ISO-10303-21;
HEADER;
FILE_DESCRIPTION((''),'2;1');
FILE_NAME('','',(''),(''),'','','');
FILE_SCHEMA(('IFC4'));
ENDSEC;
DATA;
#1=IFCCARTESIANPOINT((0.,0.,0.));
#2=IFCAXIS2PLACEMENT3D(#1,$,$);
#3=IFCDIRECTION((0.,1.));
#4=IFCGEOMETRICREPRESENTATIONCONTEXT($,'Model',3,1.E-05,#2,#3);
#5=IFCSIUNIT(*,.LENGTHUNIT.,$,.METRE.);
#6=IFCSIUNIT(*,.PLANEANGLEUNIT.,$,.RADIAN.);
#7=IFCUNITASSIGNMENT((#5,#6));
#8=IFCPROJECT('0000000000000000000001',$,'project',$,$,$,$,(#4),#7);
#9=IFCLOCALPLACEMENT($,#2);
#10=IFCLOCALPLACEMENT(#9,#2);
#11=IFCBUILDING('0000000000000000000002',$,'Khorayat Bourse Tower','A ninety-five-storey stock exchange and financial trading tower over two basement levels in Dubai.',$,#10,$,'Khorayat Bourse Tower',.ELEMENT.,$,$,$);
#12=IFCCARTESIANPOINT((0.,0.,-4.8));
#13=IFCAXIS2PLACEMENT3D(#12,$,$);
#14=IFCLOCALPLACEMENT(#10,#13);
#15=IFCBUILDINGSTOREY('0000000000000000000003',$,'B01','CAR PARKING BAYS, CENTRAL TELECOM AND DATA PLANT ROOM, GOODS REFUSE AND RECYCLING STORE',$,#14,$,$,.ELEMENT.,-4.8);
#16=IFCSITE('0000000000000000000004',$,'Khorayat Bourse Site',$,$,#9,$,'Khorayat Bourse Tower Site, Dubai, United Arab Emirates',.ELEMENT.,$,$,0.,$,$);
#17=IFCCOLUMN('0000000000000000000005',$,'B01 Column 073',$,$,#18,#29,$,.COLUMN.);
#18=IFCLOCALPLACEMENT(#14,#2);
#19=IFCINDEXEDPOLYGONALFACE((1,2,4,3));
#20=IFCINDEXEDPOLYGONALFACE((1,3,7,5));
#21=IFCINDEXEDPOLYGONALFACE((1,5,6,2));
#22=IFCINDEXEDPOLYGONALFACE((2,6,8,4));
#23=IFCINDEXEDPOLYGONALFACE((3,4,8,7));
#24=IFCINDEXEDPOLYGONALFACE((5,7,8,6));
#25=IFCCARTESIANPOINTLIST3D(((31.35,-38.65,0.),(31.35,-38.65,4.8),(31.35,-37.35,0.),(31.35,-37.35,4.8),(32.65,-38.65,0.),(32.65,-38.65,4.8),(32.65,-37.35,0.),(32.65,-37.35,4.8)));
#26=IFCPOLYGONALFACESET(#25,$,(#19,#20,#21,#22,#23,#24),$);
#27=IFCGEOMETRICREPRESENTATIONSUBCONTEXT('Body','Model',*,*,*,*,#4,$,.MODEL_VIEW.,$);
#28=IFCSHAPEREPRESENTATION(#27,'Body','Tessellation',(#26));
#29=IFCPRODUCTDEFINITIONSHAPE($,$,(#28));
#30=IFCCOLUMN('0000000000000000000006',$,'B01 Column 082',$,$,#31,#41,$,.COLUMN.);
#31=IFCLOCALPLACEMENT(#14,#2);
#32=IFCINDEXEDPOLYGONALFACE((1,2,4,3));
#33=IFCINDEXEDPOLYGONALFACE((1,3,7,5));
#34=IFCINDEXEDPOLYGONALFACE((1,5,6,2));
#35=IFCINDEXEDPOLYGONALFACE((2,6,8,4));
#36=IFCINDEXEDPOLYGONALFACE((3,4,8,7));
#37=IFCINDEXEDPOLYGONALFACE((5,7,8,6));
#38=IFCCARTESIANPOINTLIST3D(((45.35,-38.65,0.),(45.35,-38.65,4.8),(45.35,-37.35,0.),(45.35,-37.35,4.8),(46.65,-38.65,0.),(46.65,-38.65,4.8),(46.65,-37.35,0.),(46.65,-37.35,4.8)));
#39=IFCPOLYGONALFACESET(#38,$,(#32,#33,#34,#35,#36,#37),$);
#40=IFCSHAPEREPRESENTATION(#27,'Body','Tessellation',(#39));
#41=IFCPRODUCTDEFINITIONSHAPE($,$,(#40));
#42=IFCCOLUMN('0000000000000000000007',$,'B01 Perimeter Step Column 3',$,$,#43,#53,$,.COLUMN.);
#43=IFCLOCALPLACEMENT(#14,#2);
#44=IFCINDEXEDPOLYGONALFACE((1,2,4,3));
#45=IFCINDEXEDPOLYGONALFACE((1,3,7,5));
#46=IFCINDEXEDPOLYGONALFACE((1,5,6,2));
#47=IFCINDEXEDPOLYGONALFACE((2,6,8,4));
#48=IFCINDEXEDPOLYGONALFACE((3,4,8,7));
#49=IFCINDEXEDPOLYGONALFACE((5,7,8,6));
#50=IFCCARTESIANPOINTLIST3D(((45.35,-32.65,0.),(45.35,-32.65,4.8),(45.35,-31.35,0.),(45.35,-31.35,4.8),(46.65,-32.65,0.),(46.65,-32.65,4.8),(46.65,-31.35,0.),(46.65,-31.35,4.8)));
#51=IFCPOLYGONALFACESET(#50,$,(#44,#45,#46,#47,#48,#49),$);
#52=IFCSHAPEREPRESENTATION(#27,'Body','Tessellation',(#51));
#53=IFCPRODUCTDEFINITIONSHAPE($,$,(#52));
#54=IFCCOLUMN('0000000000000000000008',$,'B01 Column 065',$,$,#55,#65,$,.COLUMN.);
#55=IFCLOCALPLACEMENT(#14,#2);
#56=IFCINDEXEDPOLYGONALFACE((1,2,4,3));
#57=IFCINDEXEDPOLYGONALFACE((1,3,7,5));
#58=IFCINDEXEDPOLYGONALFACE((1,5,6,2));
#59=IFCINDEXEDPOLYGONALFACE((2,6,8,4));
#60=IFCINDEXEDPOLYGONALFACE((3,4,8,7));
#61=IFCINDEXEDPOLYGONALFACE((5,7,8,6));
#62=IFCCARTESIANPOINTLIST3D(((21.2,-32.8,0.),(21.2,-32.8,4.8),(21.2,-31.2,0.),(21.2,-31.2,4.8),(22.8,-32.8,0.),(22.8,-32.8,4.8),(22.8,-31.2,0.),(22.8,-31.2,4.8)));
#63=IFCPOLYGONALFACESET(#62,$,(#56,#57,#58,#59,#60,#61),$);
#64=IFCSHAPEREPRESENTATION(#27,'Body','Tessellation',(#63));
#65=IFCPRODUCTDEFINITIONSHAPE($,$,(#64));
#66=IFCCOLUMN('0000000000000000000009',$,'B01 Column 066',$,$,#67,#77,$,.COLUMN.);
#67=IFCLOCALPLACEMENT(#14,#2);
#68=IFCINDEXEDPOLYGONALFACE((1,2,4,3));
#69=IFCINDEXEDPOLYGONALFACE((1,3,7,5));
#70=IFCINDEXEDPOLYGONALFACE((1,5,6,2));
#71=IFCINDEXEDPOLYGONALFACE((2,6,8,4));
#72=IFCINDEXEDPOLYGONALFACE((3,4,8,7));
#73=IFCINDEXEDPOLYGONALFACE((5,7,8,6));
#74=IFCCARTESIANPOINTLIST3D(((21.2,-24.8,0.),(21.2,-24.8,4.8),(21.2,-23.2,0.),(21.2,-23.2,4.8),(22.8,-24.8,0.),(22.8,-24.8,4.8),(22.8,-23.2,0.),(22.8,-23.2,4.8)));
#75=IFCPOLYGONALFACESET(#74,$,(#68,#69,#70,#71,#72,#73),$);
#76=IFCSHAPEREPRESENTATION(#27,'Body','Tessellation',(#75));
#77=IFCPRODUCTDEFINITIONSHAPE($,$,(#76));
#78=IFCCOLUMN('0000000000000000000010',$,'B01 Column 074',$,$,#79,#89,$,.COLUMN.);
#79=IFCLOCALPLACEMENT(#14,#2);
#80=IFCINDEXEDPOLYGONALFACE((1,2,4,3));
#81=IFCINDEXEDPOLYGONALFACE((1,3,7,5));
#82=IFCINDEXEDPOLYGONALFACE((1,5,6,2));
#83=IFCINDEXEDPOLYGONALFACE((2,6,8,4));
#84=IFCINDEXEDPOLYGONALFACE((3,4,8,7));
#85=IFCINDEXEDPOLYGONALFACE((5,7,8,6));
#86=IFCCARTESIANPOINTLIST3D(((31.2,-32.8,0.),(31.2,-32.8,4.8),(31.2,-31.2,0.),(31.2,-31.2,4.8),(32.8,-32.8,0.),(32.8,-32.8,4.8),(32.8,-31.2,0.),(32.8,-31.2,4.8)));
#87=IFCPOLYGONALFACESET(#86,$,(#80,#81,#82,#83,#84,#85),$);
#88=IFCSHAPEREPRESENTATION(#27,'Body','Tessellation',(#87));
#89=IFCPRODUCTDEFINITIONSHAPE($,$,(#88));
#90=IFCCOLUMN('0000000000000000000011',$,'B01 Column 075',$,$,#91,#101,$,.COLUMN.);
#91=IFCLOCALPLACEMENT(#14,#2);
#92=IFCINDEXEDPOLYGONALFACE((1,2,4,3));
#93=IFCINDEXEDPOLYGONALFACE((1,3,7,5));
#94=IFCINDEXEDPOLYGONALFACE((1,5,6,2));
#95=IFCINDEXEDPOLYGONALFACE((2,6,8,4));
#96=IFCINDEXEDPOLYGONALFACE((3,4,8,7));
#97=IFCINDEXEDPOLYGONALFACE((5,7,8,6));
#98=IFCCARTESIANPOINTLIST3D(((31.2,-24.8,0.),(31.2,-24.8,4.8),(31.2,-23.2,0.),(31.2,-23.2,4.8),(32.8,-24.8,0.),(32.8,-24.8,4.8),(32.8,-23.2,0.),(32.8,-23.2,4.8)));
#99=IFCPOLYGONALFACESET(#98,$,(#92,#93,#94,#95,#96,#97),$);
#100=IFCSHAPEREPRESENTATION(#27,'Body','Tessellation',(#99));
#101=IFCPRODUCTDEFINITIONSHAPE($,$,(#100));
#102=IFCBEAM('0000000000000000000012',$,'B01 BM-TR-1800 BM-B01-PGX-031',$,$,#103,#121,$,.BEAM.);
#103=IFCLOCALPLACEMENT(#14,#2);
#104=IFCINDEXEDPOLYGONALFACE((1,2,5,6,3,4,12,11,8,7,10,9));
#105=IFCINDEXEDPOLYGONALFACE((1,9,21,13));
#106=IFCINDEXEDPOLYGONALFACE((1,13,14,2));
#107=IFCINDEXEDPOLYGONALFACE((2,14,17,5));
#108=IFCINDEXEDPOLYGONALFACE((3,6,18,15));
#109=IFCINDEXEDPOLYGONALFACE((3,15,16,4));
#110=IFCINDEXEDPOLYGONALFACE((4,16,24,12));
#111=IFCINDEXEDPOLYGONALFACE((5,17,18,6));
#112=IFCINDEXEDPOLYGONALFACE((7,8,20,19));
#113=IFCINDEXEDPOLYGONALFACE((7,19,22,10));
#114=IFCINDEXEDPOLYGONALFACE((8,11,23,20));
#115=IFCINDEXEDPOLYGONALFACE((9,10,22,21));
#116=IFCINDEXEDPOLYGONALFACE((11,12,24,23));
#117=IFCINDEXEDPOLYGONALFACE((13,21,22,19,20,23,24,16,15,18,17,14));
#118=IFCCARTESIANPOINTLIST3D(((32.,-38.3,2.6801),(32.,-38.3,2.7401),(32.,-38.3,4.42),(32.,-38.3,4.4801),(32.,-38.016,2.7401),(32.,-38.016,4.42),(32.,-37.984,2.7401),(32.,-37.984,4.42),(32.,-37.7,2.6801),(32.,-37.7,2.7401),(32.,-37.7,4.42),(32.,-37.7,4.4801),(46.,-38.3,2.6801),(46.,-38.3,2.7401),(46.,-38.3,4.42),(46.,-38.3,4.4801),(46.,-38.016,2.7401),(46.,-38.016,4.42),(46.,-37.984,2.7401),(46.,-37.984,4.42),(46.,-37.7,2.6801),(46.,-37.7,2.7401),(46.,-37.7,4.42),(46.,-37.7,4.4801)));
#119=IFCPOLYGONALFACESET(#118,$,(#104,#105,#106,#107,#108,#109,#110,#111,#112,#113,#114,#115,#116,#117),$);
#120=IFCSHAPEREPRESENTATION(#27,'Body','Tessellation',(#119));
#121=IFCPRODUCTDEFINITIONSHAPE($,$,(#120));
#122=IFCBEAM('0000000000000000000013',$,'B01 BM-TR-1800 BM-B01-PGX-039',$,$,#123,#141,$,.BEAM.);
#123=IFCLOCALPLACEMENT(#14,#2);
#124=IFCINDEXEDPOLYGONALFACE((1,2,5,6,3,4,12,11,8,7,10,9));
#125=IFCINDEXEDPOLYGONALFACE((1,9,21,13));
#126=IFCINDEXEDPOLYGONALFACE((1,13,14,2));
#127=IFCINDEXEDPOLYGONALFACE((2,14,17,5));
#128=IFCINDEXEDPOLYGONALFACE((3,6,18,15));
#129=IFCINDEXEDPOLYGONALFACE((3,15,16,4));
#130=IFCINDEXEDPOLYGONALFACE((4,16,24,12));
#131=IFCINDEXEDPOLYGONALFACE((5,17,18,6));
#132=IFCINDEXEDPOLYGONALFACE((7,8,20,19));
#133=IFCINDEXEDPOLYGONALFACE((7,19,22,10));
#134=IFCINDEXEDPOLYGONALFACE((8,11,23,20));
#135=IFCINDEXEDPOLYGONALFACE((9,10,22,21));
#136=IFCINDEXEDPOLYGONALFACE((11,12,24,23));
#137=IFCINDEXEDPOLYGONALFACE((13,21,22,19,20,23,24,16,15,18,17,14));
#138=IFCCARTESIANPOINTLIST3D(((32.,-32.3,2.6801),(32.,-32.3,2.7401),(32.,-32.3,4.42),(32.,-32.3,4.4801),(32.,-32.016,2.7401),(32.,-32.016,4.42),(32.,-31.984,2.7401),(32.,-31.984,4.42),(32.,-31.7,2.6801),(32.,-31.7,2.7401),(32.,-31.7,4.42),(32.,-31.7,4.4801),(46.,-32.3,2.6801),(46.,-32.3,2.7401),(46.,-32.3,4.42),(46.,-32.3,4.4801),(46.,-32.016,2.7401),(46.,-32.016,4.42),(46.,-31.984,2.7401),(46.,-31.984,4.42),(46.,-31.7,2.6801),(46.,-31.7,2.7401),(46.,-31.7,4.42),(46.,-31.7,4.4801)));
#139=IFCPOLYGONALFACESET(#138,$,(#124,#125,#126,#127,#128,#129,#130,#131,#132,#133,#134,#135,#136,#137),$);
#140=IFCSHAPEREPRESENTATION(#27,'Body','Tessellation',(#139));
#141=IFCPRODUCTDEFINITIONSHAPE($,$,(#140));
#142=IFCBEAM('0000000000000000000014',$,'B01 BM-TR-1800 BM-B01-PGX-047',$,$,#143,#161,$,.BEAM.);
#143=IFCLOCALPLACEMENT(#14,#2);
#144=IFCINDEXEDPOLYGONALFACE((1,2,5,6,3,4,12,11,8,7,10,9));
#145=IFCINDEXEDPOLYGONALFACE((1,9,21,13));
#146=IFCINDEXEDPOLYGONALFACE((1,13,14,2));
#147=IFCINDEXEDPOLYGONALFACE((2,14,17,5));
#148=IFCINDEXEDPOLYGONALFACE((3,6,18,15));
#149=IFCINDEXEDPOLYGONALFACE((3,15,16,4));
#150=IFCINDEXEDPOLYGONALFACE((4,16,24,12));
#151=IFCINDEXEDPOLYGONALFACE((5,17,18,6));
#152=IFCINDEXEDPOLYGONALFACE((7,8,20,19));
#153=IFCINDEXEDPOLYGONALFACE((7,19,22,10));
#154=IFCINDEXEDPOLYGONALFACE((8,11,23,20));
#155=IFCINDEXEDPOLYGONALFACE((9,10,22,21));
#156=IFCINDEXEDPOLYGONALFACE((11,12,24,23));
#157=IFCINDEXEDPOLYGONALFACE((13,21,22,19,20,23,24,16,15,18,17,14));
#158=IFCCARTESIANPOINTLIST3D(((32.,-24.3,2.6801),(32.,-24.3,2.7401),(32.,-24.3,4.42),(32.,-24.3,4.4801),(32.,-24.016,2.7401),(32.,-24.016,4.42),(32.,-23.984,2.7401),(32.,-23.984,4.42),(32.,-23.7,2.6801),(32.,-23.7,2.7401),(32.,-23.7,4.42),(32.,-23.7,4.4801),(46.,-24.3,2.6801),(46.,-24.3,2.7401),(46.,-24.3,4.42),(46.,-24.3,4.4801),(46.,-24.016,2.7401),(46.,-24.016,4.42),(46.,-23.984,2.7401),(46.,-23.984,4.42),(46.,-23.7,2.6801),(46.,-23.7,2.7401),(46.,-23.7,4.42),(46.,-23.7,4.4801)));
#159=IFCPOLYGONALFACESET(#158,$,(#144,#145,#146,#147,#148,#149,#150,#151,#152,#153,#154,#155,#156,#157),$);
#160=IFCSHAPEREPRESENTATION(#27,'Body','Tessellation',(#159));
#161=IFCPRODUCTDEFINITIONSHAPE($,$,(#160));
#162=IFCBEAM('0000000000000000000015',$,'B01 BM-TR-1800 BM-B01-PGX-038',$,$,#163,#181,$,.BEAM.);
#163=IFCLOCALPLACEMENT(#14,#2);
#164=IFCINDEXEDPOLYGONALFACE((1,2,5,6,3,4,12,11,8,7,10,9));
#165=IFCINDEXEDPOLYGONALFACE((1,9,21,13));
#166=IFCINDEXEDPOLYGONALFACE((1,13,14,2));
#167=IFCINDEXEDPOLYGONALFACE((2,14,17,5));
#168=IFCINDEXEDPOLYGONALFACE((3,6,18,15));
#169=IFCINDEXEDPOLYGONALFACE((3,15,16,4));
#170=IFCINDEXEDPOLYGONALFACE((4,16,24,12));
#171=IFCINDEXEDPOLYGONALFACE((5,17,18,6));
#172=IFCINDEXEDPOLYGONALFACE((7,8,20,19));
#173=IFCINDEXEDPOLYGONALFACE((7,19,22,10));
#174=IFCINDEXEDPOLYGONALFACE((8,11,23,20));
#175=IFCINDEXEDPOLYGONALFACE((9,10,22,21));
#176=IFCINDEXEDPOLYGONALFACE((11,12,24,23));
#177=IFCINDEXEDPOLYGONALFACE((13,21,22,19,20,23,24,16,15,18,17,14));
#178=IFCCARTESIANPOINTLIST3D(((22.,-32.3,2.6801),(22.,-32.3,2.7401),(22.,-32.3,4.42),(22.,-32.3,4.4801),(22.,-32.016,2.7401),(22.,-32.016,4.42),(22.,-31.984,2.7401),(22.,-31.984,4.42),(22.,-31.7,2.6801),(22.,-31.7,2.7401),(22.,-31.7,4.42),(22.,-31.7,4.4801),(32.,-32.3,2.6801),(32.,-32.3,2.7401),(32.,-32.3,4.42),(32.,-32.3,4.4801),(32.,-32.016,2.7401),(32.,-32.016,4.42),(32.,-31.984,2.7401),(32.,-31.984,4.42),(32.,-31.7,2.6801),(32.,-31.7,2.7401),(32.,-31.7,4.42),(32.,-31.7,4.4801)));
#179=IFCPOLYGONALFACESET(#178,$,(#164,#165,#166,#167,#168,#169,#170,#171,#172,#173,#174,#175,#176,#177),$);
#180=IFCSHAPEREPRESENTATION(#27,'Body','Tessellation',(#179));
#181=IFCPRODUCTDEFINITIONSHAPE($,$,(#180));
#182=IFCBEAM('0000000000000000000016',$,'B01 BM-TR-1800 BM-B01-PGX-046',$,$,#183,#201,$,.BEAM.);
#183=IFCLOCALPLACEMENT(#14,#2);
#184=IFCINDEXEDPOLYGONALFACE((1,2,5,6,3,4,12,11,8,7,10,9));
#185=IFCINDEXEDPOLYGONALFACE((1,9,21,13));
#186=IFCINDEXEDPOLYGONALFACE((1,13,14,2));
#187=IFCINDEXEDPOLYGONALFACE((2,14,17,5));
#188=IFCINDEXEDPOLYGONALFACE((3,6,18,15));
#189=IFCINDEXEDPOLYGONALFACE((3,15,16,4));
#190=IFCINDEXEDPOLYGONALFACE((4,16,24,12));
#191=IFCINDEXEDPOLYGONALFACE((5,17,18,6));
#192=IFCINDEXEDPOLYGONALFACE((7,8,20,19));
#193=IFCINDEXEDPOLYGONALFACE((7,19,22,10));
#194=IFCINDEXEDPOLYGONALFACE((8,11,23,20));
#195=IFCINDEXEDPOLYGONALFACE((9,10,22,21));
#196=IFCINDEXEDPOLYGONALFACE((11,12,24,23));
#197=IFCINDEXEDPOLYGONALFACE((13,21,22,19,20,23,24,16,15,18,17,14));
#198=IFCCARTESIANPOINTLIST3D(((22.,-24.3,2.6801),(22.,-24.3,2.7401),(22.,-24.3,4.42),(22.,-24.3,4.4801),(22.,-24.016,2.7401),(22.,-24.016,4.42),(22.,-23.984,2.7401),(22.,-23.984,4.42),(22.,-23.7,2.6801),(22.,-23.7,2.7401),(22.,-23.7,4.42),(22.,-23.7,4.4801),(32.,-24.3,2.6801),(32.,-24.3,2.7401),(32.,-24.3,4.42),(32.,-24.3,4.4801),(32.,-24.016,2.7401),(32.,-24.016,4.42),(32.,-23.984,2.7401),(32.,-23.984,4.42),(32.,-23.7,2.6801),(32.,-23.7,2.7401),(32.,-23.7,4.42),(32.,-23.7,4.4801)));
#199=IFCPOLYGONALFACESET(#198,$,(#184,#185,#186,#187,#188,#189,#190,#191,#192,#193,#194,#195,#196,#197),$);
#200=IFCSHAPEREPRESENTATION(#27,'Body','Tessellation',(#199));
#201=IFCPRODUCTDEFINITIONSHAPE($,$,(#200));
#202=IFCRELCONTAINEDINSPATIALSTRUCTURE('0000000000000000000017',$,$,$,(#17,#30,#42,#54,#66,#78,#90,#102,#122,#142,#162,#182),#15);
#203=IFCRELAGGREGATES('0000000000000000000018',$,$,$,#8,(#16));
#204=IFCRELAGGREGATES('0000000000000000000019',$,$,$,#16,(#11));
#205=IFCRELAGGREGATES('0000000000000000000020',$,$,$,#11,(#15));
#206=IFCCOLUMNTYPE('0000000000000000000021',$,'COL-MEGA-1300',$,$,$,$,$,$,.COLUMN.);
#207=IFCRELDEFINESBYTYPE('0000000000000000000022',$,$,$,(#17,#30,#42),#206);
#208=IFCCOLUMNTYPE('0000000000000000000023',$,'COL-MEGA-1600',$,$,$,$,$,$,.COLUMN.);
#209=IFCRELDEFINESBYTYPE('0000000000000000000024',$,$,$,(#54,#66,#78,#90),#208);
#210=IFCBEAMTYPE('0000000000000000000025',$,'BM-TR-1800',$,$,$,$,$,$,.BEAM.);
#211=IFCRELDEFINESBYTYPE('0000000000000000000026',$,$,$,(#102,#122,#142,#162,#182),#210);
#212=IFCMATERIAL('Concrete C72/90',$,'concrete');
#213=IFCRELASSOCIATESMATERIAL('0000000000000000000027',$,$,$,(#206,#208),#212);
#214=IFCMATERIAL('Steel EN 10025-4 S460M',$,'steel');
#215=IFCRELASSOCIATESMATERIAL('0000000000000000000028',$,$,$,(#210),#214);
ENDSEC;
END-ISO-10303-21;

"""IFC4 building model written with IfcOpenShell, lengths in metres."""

from ifc_helpers import new_model, si_unit, direction, frame, origin, origin_2d, place, context, subcontext, project, spatial, rectangle, i_section, extrude, source, transform, mapped, material, material_profile, profile_set, type_object, element, save


model = new_model("IFC4")

# Units and contexts
model_context = context("Model", 3, precision=1e-05, world=origin(), true_north=direction((0.0, 1.0)))
body_context = subcontext(model_context, "Body", "Model", "MODEL_VIEW")
ifc_project = project(units=[si_unit("LENGTHUNIT", "METRE"), si_unit("PLANEANGLEUNIT", "RADIAN")], contexts=[model_context])

# Site, building, storey
site_placement = place(None, origin())
site = spatial("IfcSite", under=ifc_project, at=site_placement, Name="Khorayat Bourse Site", LongName="Khorayat Bourse Tower Site, Dubai, United Arab Emirates", CompositionType="ELEMENT", RefElevation=0.0)
building_placement = place(site_placement, origin())
building = spatial("IfcBuilding", under=site, at=building_placement, Name="Khorayat Bourse Tower", Description="A ninety-five-storey stock exchange and financial trading tower over two basement levels in Dubai.", LongName="Khorayat Bourse Tower", CompositionType="ELEMENT")
storey_placement = place(building_placement, frame((0.0, 0.0, -4.8)))
storey = spatial("IfcBuildingStorey", under=building, at=storey_placement, Name="B01", Description="CAR PARKING BAYS, CENTRAL TELECOM AND DATA PLANT ROOM, GOODS REFUSE AND RECYCLING STORE", CompositionType="ELEMENT", Elevation=-4.8)

# Columns
ifc_material_1 = material(Name="Concrete C72/90", Category="concrete")
ifc_material_profile_1 = material_profile(ifc_material_1, rectangle(XDim=1.3, YDim=1.3, at=origin_2d()), Name="RC 1300x1300")
ifc_profile_set_1 = profile_set([ifc_material_profile_1], Name="Concrete C72/90")
column_type_1 = type_object("IfcColumnType", Name="COL-MEGA-1300", PredefinedType="COLUMN", material=ifc_profile_set_1)
shared_shape_1 = source(origin(), body_context, "Body", "SweptSolid", [
    extrude(rectangle(XDim=1.3, YDim=1.3, at=origin_2d()), origin(), (0.0, 0.0, 1.0), 4.8),
])
for number, where, z_axis, x_axis, name in (
    (1, (32.0, -38.0, 0.0), (0.0, 0.0, 1.0), (1.0, 0.0, 0.0), "B01 Column 073"),
    (2, (46.0, -38.0, 0.0), (0.0, 0.0, 1.0), (1.0, 0.0, 0.0), "B01 Column 082"),
    (3, (46.0, -32.0, 0.0), (0.0, 0.0, 1.0), (1.0, 0.0, 0.0), "B01 Perimeter Step Column 3"),
):
    element("IfcColumn", number, at=place(storey_placement, frame(where, z_axis=z_axis, x_axis=x_axis)), inside=storey, type_object=column_type_1, Name=name, PredefinedType="COLUMN", context=body_context, shape_type="MappedRepresentation", body=[
        mapped(shared_shape_1, transform((0.0, 0.0, 0.0), scale=1.0)),
    ])
ifc_material_profile_2 = material_profile(ifc_material_1, rectangle(XDim=1.6001, YDim=1.6001, at=origin_2d()), Name="RC 1600x1600")
ifc_profile_set_2 = profile_set([ifc_material_profile_2], Name="Concrete C72/90")
column_type_2 = type_object("IfcColumnType", Name="COL-MEGA-1600", PredefinedType="COLUMN", material=ifc_profile_set_2)
shared_shape_2 = source(origin(), body_context, "Body", "SweptSolid", [
    extrude(rectangle(XDim=1.6001, YDim=1.6001, at=origin_2d()), origin(), (0.0, 0.0, 1.0), 4.8),
])
for number, where, z_axis, x_axis, name in (
    (4, (22.0, -32.0, 0.0), (0.0, 0.0, 1.0), (1.0, 0.0, 0.0), "B01 Column 065"),
    (5, (22.0, -24.0, 0.0), (0.0, 0.0, 1.0), (1.0, 0.0, 0.0), "B01 Column 066"),
    (6, (32.0, -32.0, 0.0), (0.0, 0.0, 1.0), (1.0, 0.0, 0.0), "B01 Column 074"),
    (7, (32.0, -24.0, 0.0), (0.0, 0.0, 1.0), (1.0, 0.0, 0.0), "B01 Column 075"),
):
    element("IfcColumn", number, at=place(storey_placement, frame(where, z_axis=z_axis, x_axis=x_axis)), inside=storey, type_object=column_type_2, Name=name, PredefinedType="COLUMN", context=body_context, shape_type="MappedRepresentation", body=[
        mapped(shared_shape_2, transform((0.0, 0.0, 0.0), scale=1.0)),
    ])

# Beams
ifc_material_2 = material(Name="Steel EN 10025-4 S460M", Category="steel")
ifc_material_profile_3 = material_profile(ifc_material_2, i_section(OverallWidth=0.6001, OverallDepth=1.8, WebThickness=0.032, FlangeThickness=0.0601, at=origin_2d()), Name="PG 1800x600x32x60")
ifc_profile_set_3 = profile_set([ifc_material_profile_3], Name="Steel EN 10025-4 S460M")
beam_type_1 = type_object("IfcBeamType", Name="BM-TR-1800", PredefinedType="BEAM", material=ifc_profile_set_3)
shared_shape_3 = source(origin(), body_context, "Body", "SweptSolid", [
    extrude(i_section(OverallWidth=0.6001, OverallDepth=1.8, WebThickness=0.032, FlangeThickness=0.0601, at=origin_2d()), origin(), (0.0, 0.0, 1.0), 14.0),
])
for number, where, z_axis, x_axis, name in (
    (8, (32.0, -38.0, 3.5801), (1.0, 0.0, 0.0), (0.0, 1.0, 0.0), "B01 BM-TR-1800 BM-B01-PGX-031"),
    (9, (32.0, -32.0, 3.5801), (1.0, 0.0, 0.0), (0.0, 1.0, 0.0), "B01 BM-TR-1800 BM-B01-PGX-039"),
    (10, (32.0, -24.0, 3.5801), (1.0, 0.0, 0.0), (0.0, 1.0, 0.0), "B01 BM-TR-1800 BM-B01-PGX-047"),
):
    element("IfcBeam", number, at=place(storey_placement, frame(where, z_axis=z_axis, x_axis=x_axis)), inside=storey, type_object=beam_type_1, Name=name, PredefinedType="BEAM", context=body_context, shape_type="MappedRepresentation", body=[
        mapped(shared_shape_3, transform((0.0, 0.0, 0.0), scale=1.0)),
    ])
shared_shape_4 = source(origin(), body_context, "Body", "SweptSolid", [
    extrude(i_section(OverallWidth=0.6001, OverallDepth=1.8, WebThickness=0.032, FlangeThickness=0.0601, at=origin_2d()), origin(), (0.0, 0.0, 1.0), 10.0),
])
for number, where, z_axis, x_axis, name in (
    (11, (22.0, -32.0, 3.5801), (1.0, 0.0, 0.0), (0.0, 1.0, 0.0), "B01 BM-TR-1800 BM-B01-PGX-038"),
    (12, (22.0, -24.0, 3.5801), (1.0, 0.0, 0.0), (0.0, 1.0, 0.0), "B01 BM-TR-1800 BM-B01-PGX-046"),
):
    element("IfcBeam", number, at=place(storey_placement, frame(where, z_axis=z_axis, x_axis=x_axis)), inside=storey, type_object=beam_type_1, Name=name, PredefinedType="BEAM", context=body_context, shape_type="MappedRepresentation", body=[
        mapped(shared_shape_4, transform((0.0, 0.0, 0.0), scale=1.0)),
    ])

save(model, "model.ifc")
